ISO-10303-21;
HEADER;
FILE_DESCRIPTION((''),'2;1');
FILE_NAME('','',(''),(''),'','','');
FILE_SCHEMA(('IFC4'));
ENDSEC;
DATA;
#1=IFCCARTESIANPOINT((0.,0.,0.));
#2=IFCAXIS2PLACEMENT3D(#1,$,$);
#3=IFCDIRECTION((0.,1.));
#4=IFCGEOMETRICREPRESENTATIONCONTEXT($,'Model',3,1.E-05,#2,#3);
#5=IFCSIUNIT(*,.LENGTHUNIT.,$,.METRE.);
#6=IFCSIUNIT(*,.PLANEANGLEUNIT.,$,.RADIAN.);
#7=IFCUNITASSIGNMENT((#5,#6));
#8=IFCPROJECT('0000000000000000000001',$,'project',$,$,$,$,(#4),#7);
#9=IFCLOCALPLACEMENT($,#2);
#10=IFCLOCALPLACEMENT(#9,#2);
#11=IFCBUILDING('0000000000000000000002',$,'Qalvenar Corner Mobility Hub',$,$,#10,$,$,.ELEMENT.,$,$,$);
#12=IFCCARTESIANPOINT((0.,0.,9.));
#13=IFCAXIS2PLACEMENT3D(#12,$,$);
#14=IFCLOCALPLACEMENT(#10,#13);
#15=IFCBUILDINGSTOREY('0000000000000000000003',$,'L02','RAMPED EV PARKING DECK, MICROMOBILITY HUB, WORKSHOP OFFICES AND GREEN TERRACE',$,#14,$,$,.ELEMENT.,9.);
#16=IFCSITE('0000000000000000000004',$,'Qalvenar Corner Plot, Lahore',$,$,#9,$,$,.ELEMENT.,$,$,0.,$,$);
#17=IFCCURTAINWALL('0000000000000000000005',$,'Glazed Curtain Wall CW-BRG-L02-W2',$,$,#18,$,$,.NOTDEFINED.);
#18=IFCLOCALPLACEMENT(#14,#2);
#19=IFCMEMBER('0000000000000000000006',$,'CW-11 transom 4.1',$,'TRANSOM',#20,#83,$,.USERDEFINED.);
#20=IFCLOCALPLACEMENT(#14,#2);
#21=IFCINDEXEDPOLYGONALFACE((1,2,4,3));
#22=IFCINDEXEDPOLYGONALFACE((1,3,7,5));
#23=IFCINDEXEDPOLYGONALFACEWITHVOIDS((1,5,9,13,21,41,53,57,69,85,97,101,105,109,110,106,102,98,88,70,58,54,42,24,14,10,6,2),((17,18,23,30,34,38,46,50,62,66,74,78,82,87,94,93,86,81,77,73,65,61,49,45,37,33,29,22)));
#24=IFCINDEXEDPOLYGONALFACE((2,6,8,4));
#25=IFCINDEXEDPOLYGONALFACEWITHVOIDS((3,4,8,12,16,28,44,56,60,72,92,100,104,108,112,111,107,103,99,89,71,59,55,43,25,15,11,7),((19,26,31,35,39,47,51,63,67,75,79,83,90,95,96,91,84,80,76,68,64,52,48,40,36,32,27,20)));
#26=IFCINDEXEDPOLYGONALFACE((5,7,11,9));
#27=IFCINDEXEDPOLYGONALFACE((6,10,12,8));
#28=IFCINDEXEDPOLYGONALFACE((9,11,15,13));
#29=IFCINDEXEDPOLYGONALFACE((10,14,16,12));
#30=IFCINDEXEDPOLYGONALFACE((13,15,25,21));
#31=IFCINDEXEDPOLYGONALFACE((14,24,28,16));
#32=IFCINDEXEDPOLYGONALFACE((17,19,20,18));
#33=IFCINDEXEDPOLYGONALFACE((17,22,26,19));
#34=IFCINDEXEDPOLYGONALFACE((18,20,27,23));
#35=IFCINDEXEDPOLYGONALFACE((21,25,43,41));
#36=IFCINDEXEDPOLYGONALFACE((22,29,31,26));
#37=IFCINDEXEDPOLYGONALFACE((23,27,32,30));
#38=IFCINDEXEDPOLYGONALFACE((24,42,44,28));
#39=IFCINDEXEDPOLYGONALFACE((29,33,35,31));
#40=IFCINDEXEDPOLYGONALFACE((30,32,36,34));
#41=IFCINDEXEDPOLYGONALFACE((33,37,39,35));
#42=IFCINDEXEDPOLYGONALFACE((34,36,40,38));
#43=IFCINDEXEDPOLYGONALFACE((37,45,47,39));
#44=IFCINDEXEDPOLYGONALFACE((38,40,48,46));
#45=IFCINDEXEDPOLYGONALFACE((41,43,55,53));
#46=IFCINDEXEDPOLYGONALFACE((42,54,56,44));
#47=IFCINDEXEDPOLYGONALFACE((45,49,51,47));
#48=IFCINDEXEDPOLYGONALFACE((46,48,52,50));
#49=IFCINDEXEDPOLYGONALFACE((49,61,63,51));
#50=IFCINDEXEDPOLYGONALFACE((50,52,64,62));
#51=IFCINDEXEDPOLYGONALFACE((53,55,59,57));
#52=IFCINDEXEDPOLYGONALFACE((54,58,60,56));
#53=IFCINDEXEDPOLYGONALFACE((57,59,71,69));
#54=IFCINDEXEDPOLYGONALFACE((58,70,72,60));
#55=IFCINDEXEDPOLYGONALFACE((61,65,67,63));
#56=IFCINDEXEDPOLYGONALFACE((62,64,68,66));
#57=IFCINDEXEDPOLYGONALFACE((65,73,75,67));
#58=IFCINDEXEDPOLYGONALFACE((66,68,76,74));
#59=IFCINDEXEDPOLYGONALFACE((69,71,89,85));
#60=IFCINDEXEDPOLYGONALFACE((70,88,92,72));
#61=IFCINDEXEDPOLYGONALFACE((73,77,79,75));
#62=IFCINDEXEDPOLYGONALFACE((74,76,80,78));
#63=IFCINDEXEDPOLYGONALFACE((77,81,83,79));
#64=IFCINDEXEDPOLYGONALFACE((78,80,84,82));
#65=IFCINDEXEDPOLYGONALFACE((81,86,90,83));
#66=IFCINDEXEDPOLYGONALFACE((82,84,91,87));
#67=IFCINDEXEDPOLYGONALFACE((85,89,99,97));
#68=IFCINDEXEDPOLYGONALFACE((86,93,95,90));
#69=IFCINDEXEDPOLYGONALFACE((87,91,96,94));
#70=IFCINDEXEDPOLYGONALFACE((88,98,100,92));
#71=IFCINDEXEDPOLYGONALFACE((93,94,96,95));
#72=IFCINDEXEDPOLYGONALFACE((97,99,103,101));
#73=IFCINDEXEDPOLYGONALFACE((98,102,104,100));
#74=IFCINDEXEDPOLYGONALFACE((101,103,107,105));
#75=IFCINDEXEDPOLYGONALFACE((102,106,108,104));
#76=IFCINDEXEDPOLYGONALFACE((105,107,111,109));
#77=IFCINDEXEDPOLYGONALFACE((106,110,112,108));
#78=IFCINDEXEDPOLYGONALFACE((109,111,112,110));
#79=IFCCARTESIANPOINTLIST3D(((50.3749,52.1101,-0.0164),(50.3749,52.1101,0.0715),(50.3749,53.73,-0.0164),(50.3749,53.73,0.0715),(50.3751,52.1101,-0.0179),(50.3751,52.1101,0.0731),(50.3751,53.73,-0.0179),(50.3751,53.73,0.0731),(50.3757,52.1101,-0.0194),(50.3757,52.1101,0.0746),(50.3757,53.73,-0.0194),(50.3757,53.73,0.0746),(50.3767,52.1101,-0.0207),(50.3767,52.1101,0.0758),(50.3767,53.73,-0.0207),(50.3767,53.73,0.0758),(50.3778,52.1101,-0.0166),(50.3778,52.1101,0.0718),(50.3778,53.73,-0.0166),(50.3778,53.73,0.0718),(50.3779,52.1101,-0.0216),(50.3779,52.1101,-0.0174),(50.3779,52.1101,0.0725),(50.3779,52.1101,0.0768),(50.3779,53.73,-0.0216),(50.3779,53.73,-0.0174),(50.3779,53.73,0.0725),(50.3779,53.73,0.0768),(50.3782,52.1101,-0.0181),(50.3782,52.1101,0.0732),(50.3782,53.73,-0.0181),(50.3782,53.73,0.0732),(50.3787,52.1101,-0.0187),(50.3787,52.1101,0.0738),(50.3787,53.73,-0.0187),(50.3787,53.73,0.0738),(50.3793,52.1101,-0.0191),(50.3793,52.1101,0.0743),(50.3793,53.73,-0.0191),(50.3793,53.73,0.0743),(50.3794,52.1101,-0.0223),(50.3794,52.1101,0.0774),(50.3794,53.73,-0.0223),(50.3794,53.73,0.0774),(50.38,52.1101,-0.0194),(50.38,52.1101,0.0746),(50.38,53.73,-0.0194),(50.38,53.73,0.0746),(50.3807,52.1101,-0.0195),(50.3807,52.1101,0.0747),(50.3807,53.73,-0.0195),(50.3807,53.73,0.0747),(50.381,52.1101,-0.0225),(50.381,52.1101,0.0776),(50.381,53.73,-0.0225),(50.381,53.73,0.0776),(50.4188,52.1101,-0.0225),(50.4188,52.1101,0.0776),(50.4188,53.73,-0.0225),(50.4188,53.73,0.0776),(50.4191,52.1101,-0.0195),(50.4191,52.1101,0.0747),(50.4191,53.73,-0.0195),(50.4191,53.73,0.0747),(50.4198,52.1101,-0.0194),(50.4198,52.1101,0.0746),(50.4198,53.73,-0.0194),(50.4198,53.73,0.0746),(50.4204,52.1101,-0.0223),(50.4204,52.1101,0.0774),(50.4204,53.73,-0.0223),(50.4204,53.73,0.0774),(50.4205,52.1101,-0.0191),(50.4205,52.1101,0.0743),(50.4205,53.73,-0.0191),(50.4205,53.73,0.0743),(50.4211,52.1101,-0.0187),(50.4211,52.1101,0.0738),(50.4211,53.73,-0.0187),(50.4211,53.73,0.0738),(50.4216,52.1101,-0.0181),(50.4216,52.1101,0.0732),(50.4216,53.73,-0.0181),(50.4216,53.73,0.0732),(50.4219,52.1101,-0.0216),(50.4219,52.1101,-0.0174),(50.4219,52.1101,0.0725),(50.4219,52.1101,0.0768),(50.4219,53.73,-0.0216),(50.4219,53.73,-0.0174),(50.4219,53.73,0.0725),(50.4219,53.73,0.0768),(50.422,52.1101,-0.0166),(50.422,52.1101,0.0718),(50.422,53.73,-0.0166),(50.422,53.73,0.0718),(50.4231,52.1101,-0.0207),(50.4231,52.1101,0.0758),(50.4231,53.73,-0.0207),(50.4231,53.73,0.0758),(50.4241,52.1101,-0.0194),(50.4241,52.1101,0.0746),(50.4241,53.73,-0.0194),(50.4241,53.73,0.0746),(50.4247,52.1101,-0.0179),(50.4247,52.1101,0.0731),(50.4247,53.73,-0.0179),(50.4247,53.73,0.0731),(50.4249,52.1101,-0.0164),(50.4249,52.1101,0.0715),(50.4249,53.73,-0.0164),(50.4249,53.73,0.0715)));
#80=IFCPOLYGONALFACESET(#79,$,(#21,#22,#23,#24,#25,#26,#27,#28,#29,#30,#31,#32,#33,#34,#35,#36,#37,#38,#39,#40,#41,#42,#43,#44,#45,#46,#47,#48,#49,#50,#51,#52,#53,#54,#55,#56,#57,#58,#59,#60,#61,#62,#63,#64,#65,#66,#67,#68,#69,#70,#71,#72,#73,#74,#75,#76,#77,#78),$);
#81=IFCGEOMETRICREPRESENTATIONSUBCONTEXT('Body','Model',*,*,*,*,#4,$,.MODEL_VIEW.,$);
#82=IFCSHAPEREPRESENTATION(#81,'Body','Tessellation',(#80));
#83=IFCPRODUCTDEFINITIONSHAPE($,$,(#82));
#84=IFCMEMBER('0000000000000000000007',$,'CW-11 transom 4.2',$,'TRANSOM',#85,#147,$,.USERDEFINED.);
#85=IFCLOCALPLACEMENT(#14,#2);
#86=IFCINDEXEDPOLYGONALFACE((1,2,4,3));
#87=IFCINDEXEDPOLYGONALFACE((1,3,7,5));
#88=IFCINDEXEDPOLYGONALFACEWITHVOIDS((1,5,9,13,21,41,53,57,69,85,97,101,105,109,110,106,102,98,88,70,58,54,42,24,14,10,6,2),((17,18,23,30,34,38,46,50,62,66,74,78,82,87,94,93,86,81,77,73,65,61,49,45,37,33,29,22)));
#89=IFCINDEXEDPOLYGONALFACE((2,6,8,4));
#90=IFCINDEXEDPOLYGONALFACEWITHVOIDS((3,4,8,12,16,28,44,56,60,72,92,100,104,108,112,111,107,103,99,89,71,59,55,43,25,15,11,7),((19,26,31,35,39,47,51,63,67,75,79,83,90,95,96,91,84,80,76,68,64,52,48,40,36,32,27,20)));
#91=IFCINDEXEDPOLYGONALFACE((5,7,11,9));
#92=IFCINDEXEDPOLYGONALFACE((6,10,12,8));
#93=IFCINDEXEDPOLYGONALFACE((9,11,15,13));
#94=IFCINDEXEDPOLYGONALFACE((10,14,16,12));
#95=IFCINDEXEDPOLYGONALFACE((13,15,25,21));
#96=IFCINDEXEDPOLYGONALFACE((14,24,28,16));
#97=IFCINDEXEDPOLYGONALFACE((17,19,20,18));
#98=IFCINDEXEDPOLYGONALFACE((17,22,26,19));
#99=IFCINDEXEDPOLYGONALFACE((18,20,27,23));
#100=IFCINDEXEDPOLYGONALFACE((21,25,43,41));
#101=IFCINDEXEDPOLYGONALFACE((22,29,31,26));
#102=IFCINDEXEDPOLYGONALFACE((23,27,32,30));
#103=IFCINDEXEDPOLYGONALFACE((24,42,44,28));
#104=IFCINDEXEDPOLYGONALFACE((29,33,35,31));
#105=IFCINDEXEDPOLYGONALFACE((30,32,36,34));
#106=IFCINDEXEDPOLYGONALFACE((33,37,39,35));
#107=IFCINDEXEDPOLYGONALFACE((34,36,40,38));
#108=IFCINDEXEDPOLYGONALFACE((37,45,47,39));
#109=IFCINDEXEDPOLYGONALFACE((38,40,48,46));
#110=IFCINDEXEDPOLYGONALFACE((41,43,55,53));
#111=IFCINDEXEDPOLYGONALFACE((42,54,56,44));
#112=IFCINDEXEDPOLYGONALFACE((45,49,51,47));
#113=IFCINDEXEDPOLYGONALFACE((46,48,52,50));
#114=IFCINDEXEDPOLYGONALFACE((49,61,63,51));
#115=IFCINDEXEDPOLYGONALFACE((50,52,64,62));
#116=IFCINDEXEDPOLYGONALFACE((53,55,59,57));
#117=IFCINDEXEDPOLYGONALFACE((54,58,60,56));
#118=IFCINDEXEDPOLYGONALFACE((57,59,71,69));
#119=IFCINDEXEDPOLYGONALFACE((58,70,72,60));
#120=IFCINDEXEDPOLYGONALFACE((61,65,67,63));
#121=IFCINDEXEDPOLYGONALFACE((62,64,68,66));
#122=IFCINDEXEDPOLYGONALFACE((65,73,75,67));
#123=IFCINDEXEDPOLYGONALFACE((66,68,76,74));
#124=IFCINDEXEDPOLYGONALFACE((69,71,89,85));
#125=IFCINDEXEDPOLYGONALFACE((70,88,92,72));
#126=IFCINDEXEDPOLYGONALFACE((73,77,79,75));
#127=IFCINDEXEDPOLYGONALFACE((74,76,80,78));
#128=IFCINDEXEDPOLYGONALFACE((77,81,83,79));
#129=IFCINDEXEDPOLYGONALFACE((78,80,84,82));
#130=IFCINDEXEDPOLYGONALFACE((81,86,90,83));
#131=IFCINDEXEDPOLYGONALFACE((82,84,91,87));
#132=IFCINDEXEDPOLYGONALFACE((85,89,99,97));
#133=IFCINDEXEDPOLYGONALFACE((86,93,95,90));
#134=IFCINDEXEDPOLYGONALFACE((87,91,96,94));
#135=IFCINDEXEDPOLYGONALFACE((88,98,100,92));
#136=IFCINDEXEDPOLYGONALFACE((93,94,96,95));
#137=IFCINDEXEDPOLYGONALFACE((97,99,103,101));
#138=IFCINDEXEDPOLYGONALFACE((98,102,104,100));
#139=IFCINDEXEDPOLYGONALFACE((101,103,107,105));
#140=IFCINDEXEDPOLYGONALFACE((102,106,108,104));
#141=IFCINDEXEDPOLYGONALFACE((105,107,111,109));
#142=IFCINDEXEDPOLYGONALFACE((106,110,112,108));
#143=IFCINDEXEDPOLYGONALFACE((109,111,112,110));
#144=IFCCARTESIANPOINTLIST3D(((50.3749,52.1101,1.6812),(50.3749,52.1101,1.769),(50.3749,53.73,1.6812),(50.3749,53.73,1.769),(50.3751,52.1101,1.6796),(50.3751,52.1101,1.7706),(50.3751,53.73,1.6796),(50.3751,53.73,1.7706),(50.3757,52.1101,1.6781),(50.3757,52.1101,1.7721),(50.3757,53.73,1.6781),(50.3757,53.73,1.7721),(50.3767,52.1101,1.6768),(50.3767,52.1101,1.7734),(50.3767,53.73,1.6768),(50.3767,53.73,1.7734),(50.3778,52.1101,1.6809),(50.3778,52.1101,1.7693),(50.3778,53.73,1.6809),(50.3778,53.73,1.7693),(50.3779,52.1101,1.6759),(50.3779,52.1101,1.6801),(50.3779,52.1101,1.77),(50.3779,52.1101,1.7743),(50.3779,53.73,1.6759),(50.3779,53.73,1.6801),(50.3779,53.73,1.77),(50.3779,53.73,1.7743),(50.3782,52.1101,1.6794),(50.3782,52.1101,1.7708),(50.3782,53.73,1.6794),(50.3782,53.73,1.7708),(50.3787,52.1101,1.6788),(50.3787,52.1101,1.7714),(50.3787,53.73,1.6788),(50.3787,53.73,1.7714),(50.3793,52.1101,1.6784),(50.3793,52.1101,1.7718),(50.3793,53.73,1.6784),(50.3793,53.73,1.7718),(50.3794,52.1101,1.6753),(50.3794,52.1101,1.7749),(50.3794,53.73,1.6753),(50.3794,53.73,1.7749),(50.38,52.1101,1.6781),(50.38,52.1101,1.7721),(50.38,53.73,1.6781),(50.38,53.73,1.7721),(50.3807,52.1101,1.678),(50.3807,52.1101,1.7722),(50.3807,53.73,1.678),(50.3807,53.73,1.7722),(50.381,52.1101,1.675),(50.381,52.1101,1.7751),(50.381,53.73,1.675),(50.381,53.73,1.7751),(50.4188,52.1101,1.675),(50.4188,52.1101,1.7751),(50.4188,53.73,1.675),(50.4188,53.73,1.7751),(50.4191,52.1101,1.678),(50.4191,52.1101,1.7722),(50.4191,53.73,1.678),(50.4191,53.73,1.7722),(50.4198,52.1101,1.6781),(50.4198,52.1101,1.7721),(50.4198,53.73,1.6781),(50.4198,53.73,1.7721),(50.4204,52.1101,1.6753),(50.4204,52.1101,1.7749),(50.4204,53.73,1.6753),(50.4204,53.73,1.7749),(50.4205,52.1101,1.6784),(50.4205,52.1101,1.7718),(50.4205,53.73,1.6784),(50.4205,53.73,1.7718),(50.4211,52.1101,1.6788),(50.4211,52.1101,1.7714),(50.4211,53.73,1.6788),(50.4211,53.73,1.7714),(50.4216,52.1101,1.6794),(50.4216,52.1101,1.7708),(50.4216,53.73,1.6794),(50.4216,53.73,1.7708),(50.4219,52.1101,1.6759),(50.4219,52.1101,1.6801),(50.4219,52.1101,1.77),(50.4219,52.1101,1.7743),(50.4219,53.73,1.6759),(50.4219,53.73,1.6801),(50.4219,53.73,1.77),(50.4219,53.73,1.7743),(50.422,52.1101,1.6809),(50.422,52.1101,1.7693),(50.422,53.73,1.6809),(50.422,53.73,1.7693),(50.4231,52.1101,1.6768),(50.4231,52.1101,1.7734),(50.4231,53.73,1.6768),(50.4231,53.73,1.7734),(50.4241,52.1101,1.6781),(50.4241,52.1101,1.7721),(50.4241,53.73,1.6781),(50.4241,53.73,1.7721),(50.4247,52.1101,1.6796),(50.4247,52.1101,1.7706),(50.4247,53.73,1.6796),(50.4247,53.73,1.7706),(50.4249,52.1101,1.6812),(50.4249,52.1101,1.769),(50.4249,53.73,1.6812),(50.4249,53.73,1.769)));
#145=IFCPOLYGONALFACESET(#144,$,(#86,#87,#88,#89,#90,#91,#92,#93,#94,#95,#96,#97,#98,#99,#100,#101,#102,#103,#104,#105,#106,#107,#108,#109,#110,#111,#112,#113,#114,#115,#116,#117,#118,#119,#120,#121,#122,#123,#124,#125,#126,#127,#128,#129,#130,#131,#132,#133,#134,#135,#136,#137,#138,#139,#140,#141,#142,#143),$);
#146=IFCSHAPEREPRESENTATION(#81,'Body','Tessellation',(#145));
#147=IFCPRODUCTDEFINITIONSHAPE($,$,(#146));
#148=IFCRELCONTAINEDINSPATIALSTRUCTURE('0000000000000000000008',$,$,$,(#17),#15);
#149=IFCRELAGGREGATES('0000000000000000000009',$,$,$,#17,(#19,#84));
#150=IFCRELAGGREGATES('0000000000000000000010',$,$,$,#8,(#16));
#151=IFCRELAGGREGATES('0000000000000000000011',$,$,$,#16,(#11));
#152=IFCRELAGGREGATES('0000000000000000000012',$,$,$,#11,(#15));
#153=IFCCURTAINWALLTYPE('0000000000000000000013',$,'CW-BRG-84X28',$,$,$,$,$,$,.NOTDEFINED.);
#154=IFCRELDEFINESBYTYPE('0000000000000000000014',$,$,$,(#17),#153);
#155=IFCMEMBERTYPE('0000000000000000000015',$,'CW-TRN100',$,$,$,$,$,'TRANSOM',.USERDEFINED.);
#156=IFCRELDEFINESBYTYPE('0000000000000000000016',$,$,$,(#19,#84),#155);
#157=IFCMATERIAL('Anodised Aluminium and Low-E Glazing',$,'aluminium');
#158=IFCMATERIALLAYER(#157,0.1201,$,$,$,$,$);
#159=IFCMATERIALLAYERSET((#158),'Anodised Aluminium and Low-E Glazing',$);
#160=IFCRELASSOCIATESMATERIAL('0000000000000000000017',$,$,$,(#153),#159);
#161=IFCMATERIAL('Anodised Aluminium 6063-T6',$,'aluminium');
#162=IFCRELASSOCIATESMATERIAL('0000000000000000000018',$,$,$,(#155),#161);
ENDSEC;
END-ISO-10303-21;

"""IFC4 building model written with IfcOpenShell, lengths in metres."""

from ifc_helpers import new_model, si_unit, direction, frame, origin, origin_2d, place, context, subcontext, project, spatial, hollow_rectangle, extrude, material, layer, layer_set, material_profile, profile_set, type_object, element, aggregate, save


model = new_model("IFC4")

# Units and contexts
model_context = context("Model", 3, precision=1e-05, world=origin(), true_north=direction((0.0, 1.0)))
body_context = subcontext(model_context, "Body", "Model", "MODEL_VIEW")
ifc_project = project(units=[si_unit("LENGTHUNIT", "METRE"), si_unit("PLANEANGLEUNIT", "RADIAN")], contexts=[model_context])

# Site, building, storey
site_placement = place(None, origin())
site = spatial("IfcSite", under=ifc_project, at=site_placement, Name="Qalvenar Corner Plot, Lahore", CompositionType="ELEMENT", RefElevation=0.0)
building_placement = place(site_placement, origin())
building = spatial("IfcBuilding", under=site, at=building_placement, Name="Qalvenar Corner Mobility Hub", CompositionType="ELEMENT")
storey_placement = place(building_placement, frame((0.0, 0.0, 9.0)))
storey = spatial("IfcBuildingStorey", under=building, at=storey_placement, Name="L02", Description="RAMPED EV PARKING DECK, MICROMOBILITY HUB, WORKSHOP OFFICES AND GREEN TERRACE", CompositionType="ELEMENT", Elevation=9.0)

# Curtain wall, members
ifc_material_1 = material(Name="Anodised Aluminium and Low-E Glazing", Category="aluminium")
ifc_layer_1 = layer(ifc_material_1, 0.1201)
ifc_layer_set_1 = layer_set([ifc_layer_1], Name="Anodised Aluminium and Low-E Glazing")
curtain_wall_type = type_object("IfcCurtainWallType", Name="CW-BRG-84X28", PredefinedType="NOTDEFINED", material=ifc_layer_set_1)
curtain_wall_placement = place(storey_placement, origin())
curtain_wall = element("IfcCurtainWall", 1, at=curtain_wall_placement, inside=storey, type_object=curtain_wall_type, Name="Glazed Curtain Wall CW-BRG-L02-W2", PredefinedType="NOTDEFINED")
ifc_material_2 = material(Name="Anodised Aluminium 6063-T6", Category="aluminium")
ifc_material_profile_1 = material_profile(ifc_material_2, hollow_rectangle(XDim=0.05, YDim=0.1001, WallThickness=0.0029, InnerFilletRadius=0.0029, OuterFilletRadius=0.0061, at=origin_2d()), Name="RHS100x50x3")
ifc_profile_set_1 = profile_set([ifc_material_profile_1], Name="Anodised Aluminium 6063-T6")
member_type_1 = type_object("IfcMemberType", Name="CW-TRN100", ElementType="TRANSOM", PredefinedType="USERDEFINED", material=ifc_profile_set_1)
member_1_placement = place(storey_placement, frame((50.3999, 53.73, 0.0276), z_axis=(0.0, -1.0, 0.0), x_axis=(1.0, 0.0, 0.0)))
member_1 = element("IfcMember", 2, at=member_1_placement, type_object=member_type_1, Name="CW-11 transom 4.1", ObjectType="TRANSOM", PredefinedType="USERDEFINED", context=body_context, shape_type="SweptSolid", body=[
    extrude(hollow_rectangle(XDim=0.05, YDim=0.1001, WallThickness=0.0029, InnerFilletRadius=0.0029, OuterFilletRadius=0.0061, at=origin_2d()), origin(), (0.0, 0.0, 1.0), 1.6199),
])
member_2_placement = place(storey_placement, frame((50.3999, 53.73, 1.7251), z_axis=(0.0, -1.0, 0.0), x_axis=(1.0, 0.0, 0.0)))
member_2 = element("IfcMember", 3, at=member_2_placement, type_object=member_type_1, Name="CW-11 transom 4.2", ObjectType="TRANSOM", PredefinedType="USERDEFINED", context=body_context, shape_type="SweptSolid", body=[
    extrude(hollow_rectangle(XDim=0.05, YDim=0.1001, WallThickness=0.0029, InnerFilletRadius=0.0029, OuterFilletRadius=0.0061, at=origin_2d()), origin(), (0.0, 0.0, 1.0), 1.6199),
])

aggregate(curtain_wall, [member_1, member_2])

save(model, "model.ifc")
